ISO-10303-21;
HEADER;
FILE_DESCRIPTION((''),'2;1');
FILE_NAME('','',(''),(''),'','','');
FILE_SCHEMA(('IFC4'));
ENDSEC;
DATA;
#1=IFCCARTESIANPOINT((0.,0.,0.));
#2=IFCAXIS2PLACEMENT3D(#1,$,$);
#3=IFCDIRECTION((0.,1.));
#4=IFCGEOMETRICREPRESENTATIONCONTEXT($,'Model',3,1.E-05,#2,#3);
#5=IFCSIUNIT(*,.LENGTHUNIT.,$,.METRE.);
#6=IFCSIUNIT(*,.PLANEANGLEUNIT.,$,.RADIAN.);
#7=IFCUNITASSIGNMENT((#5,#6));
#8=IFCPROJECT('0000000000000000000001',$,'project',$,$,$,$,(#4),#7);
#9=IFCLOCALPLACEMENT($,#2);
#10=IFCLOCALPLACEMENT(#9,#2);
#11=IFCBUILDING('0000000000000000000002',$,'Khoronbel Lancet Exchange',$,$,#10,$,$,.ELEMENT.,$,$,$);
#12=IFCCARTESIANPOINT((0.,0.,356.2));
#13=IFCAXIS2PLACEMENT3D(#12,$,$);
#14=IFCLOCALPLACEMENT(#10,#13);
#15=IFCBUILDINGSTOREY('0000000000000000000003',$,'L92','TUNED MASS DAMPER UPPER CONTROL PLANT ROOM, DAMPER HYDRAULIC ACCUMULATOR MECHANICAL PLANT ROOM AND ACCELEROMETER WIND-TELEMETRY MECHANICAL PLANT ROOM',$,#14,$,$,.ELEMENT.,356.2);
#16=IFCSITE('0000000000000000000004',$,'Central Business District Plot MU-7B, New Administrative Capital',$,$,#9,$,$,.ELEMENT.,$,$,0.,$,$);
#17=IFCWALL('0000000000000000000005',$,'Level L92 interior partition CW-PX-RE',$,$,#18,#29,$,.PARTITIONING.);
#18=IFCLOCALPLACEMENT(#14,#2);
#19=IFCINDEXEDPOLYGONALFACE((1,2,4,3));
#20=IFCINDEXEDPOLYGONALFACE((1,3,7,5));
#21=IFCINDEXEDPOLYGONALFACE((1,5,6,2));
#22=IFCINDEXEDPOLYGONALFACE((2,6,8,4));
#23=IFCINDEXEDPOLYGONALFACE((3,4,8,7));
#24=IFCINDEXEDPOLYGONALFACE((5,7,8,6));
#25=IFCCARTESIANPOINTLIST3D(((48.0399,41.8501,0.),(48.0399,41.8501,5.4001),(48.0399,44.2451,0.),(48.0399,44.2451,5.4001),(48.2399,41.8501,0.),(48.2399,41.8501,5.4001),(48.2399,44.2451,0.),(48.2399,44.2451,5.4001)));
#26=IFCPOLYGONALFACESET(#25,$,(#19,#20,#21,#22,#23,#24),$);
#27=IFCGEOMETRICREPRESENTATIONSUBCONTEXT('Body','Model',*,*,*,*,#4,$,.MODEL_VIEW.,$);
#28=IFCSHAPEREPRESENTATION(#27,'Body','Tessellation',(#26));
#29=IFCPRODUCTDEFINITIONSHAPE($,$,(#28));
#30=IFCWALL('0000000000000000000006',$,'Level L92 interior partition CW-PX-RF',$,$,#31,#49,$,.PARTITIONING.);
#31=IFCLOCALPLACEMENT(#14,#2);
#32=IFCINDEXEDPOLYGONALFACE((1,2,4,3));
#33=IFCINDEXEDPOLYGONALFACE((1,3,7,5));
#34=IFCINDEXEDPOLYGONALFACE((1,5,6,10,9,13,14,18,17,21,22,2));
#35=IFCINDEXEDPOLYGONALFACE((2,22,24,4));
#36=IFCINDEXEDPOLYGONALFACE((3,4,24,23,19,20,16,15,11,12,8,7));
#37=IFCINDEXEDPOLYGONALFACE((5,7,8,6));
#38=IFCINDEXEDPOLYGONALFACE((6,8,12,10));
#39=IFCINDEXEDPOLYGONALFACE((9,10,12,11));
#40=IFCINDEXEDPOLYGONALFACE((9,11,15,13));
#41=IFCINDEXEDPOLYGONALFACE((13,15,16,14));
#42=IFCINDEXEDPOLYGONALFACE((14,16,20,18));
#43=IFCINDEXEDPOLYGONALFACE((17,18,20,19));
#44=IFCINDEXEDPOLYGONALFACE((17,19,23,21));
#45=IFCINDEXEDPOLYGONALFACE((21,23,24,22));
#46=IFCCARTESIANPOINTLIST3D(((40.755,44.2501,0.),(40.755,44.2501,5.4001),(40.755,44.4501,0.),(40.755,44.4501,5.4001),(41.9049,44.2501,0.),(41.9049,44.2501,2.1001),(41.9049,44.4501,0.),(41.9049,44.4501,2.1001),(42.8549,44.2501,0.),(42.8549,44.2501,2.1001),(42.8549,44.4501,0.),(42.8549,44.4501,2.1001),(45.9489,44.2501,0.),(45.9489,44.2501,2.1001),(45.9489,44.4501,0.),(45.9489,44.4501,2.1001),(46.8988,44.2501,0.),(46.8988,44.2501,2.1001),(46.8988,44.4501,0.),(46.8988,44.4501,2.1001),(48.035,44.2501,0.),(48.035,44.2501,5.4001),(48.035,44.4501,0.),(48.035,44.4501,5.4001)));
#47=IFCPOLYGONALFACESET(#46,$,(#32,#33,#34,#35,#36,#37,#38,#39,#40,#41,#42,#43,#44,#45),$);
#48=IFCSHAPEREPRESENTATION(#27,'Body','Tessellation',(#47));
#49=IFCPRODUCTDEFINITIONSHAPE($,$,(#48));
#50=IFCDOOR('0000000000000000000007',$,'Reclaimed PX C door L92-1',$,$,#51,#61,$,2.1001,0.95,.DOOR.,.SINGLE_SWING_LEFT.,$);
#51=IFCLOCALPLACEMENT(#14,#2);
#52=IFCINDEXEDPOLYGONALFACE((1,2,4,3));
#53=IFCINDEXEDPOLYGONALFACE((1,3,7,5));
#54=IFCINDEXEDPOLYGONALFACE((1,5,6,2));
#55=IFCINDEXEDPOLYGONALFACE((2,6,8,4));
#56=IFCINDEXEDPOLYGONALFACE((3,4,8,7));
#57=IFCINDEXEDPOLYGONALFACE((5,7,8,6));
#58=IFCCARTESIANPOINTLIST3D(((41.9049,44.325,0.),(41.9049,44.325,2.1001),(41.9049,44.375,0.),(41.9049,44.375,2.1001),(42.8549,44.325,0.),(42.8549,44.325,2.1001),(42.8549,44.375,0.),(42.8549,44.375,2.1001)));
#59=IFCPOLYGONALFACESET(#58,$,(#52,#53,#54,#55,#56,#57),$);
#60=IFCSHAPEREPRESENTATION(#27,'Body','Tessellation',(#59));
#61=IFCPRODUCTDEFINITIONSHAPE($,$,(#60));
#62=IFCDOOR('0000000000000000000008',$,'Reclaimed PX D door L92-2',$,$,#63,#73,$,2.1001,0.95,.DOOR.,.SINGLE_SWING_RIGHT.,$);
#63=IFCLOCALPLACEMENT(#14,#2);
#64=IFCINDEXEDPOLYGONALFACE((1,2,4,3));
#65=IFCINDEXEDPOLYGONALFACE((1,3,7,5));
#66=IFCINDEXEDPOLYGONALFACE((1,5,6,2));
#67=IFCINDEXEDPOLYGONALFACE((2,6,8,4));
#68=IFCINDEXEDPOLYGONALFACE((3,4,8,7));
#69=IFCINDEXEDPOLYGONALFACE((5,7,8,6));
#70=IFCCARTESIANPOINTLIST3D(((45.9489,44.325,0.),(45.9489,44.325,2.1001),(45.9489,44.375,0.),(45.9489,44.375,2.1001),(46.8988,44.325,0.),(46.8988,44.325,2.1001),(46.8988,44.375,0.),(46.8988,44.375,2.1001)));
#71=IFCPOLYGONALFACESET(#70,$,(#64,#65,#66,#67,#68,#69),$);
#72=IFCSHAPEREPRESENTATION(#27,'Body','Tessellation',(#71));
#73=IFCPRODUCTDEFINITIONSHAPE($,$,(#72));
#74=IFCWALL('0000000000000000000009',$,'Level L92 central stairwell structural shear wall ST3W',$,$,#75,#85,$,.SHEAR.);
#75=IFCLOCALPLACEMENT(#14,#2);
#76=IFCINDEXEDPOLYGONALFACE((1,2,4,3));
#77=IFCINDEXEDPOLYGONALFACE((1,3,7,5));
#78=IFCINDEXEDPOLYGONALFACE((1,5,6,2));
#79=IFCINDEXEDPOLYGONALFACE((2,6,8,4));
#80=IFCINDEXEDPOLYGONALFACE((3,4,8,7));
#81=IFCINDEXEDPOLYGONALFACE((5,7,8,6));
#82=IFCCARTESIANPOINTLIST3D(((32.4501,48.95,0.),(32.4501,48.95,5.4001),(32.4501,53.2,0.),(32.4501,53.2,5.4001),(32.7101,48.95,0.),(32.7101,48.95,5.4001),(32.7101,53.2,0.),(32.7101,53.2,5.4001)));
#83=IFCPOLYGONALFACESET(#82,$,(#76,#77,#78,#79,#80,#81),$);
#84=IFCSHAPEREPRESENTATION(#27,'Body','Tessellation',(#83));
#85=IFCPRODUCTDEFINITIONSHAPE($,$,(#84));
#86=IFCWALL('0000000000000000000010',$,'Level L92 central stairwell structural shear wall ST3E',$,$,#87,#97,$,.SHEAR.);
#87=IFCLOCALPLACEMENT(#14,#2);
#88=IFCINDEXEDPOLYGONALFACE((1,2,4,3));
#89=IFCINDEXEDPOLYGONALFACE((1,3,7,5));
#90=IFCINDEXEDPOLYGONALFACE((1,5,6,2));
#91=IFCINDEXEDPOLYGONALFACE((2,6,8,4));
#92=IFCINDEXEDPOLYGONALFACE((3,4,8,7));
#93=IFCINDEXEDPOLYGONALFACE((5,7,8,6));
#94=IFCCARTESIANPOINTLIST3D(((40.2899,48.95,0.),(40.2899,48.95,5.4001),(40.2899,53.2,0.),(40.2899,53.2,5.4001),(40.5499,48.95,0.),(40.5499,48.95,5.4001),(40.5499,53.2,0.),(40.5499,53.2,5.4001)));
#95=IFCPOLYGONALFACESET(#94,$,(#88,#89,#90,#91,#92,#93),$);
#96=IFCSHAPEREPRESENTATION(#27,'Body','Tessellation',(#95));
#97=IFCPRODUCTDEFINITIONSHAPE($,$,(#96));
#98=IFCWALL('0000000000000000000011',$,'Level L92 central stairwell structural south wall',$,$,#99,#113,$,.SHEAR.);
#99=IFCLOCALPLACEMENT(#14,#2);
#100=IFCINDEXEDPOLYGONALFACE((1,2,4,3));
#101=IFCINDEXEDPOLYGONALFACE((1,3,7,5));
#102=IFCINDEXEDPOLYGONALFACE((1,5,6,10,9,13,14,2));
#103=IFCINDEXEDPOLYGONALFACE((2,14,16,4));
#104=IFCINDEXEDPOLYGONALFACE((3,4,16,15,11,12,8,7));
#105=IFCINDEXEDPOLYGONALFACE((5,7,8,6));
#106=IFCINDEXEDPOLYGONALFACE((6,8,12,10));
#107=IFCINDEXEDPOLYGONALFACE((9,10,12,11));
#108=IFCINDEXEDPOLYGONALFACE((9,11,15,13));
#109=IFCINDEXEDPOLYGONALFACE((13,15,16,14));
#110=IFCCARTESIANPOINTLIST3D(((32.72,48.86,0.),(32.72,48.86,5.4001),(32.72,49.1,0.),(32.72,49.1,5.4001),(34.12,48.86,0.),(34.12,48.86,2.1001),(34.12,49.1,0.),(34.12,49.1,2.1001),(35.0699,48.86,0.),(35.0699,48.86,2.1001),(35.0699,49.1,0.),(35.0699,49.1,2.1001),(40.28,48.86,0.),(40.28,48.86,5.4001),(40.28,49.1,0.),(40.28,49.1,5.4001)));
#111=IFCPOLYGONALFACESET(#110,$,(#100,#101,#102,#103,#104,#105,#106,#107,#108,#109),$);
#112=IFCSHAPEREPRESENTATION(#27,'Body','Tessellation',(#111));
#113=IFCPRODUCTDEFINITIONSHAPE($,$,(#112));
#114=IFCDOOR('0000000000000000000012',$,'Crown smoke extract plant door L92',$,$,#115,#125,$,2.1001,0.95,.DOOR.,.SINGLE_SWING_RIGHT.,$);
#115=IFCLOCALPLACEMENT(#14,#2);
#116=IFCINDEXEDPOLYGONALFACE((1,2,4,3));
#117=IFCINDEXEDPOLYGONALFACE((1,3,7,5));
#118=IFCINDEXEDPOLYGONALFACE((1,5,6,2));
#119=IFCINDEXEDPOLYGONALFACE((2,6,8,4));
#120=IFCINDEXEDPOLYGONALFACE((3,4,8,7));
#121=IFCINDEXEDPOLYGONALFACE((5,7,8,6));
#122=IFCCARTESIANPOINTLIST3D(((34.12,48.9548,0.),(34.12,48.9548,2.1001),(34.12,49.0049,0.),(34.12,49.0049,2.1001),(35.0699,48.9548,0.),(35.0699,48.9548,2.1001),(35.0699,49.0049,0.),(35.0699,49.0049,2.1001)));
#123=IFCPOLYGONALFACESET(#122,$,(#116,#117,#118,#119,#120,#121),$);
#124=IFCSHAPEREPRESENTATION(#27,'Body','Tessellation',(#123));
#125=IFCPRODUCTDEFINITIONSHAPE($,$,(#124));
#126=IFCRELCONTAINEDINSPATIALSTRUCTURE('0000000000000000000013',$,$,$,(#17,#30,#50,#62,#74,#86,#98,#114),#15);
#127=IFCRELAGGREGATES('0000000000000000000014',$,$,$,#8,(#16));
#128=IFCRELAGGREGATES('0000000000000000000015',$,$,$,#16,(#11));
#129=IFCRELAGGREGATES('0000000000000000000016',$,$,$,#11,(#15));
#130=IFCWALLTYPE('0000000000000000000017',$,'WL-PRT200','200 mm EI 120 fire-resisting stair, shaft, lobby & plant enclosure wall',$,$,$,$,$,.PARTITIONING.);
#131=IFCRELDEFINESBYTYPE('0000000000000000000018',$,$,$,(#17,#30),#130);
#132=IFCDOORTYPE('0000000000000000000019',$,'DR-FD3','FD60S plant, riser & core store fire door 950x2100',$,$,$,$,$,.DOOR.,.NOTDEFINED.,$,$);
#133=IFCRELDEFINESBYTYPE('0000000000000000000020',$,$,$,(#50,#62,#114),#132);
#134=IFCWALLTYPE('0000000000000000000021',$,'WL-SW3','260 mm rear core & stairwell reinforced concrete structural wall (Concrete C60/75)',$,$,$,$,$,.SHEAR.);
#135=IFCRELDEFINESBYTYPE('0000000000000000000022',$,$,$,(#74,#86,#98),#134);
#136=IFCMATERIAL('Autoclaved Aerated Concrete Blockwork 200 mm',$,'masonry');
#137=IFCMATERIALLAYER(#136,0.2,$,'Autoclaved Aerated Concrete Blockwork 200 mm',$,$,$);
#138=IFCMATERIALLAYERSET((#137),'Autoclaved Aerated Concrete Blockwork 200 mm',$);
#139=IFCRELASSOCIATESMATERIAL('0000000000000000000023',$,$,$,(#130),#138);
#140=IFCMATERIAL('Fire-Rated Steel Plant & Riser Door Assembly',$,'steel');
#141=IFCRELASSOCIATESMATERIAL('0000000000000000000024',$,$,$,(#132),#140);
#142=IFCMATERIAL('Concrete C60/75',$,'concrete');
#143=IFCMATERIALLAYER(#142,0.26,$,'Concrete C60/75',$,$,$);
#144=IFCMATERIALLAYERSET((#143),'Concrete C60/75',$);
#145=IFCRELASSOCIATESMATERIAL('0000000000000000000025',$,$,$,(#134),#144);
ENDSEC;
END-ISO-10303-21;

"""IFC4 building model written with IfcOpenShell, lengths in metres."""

from ifc_helpers import new_model, si_unit, direction, frame, frame_2d, origin, place, context, subcontext, project, spatial, rectangle, extrude, material, layer, layer_set, type_object, element, fill, save


model = new_model("IFC4")

# Units and contexts
model_context = context("Model", 3, precision=1e-05, world=origin(), true_north=direction((0.0, 1.0)))
body_context = subcontext(model_context, "Body", "Model", "MODEL_VIEW")
ifc_project = project(units=[si_unit("LENGTHUNIT", "METRE"), si_unit("PLANEANGLEUNIT", "RADIAN")], contexts=[model_context])

# Site, building, storey
site_placement = place(None, origin())
site = spatial("IfcSite", under=ifc_project, at=site_placement, Name="Central Business District Plot MU-7B, New Administrative Capital", CompositionType="ELEMENT", RefElevation=0.0)
building_placement = place(site_placement, origin())
building = spatial("IfcBuilding", under=site, at=building_placement, Name="Khoronbel Lancet Exchange", CompositionType="ELEMENT")
storey_placement = place(building_placement, frame((0.0, 0.0, 356.2)))
storey = spatial("IfcBuildingStorey", under=building, at=storey_placement, Name="L92", Description="TUNED MASS DAMPER UPPER CONTROL PLANT ROOM, DAMPER HYDRAULIC ACCUMULATOR MECHANICAL PLANT ROOM AND ACCELEROMETER WIND-TELEMETRY MECHANICAL PLANT ROOM", CompositionType="ELEMENT", Elevation=356.2)

# Shared definitions
ifc_material_1 = material(Name="Autoclaved Aerated Concrete Blockwork 200 mm", Category="masonry")
ifc_layer_1 = layer(ifc_material_1, 0.2, Name="Autoclaved Aerated Concrete Blockwork 200 mm")
ifc_layer_set_1 = layer_set([ifc_layer_1], Name="Autoclaved Aerated Concrete Blockwork 200 mm")
wall_type_1 = type_object("IfcWallType", Name="WL-PRT200", Description="200 mm EI 120 fire-resisting stair, shaft, lobby & plant enclosure wall", PredefinedType="PARTITIONING", material=ifc_layer_set_1)

# Shared definitions
ifc_material_2 = material(Name="Fire-Rated Steel Plant & Riser Door Assembly", Category="steel")
door_type = type_object("IfcDoorType", Name="DR-FD3", Description="FD60S plant, riser & core store fire door 950x2100", OperationType="NOTDEFINED", PredefinedType="DOOR", material=ifc_material_2)

# Wall
for number, where, z_axis, x_axis, name in (
    (1, (48.1399, 41.8501, 0.0), (0.0, 0.0, 1.0), (0.0, 1.0, 0.0), "Level L92 interior partition CW-PX-RE"),
):
    element("IfcWall", number, at=place(storey_placement, frame(where, z_axis=z_axis, x_axis=x_axis)), inside=storey, type_object=wall_type_1, Name=name, PredefinedType="PARTITIONING", context=body_context, shape_type="SweptSolid", body=[
        extrude(rectangle(XDim=2.395, YDim=0.2, at=frame_2d((1.1975, 0.0))), origin(), (0.0, 0.0, 1.0), 5.4001),
    ])

# Wall, openings, doors
wall_1_placement = place(storey_placement, frame((40.7549, 44.3501, 0.0), z_axis=(0.0, 0.0, 1.0), x_axis=(1.0, 0.0, 0.0)))
wall_1 = element("IfcWall", 2, at=wall_1_placement, inside=storey, type_object=wall_type_1, Name="Level L92 interior partition CW-PX-RF", PredefinedType="PARTITIONING", context=body_context, shape_type="SweptSolid", body=[
    extrude(rectangle(XDim=7.28, YDim=0.2, at=frame_2d((3.6401, 0.0))), origin(), (0.0, 0.0, 1.0), 5.4001),
])
opening_1_placement = place(wall_1_placement, frame((1.1499, 0.0, 0.0)))
opening_1 = element("IfcOpeningElement", 3, at=opening_1_placement, cuts=wall_1, PredefinedType="OPENING", context=body_context, shape_type="SweptSolid", body=[
    extrude(rectangle(XDim=0.95, YDim=2.1001, at=frame_2d((0.4751, 1.05))), frame((0.0, 0.1099, 0.0), z_axis=(0.0, -1.0, 0.0), x_axis=(1.0, 0.0, 0.0)), (0.0, 0.0, 1.0), 0.22),
])
opening_2_placement = place(wall_1_placement, frame((5.1938, 0.0, 0.0)))
opening_2 = element("IfcOpeningElement", 4, at=opening_2_placement, cuts=wall_1, PredefinedType="OPENING", context=body_context, shape_type="SweptSolid", body=[
    extrude(rectangle(XDim=0.95, YDim=2.1001, at=frame_2d((0.4751, 1.05))), frame((0.0, 0.1099, 0.0), z_axis=(0.0, -1.0, 0.0), x_axis=(1.0, 0.0, 0.0)), (0.0, 0.0, 1.0), 0.22),
])
door_1_placement = place(opening_1_placement, origin())
door_1 = element("IfcDoor", 5, at=door_1_placement, inside=storey, type_object=door_type, Name="Reclaimed PX C door L92-1", OperationType="SINGLE_SWING_LEFT", OverallHeight=2.1001, OverallWidth=0.95, PredefinedType="DOOR", context=body_context, shape_type="SweptSolid", body=[
    extrude(rectangle(XDim=0.95, YDim=2.1001, at=frame_2d((0.4751, 1.05))), frame((0.0, 0.0249, 0.0), z_axis=(0.0, -1.0, 0.0), x_axis=(1.0, 0.0, 0.0)), (0.0, 0.0, 1.0), 0.05),
])
fill(opening_1, door_1)
door_2_placement = place(opening_2_placement, origin())
door_2 = element("IfcDoor", 6, at=door_2_placement, inside=storey, type_object=door_type, Name="Reclaimed PX D door L92-2", OperationType="SINGLE_SWING_RIGHT", OverallHeight=2.1001, OverallWidth=0.95, PredefinedType="DOOR", context=body_context, shape_type="SweptSolid", body=[
    extrude(rectangle(XDim=0.95, YDim=2.1001, at=frame_2d((0.4751, 1.05))), frame((0.0, 0.0249, 0.0), z_axis=(0.0, -1.0, 0.0), x_axis=(1.0, 0.0, 0.0)), (0.0, 0.0, 1.0), 0.05),
])
fill(opening_2, door_2)

# Walls
ifc_material_3 = material(Name="Concrete C60/75", Category="concrete")
ifc_layer_2 = layer(ifc_material_3, 0.26, Name="Concrete C60/75")
ifc_layer_set_2 = layer_set([ifc_layer_2], Name="Concrete C60/75")
wall_type_2 = type_object("IfcWallType", Name="WL-SW3", Description="260 mm rear core & stairwell reinforced concrete structural wall (Concrete C60/75)", PredefinedType="SHEAR", material=ifc_layer_set_2)
for number, where, z_axis, x_axis, name in (
    (7, (32.5801, 48.95, 0.0), (0.0, 0.0, 1.0), (0.0, 1.0, 0.0), "Level L92 central stairwell structural shear wall ST3W"),
    (8, (40.4199, 48.95, 0.0), (0.0, 0.0, 1.0), (0.0, 1.0, 0.0), "Level L92 central stairwell structural shear wall ST3E"),
):
    element("IfcWall", number, at=place(storey_placement, frame(where, z_axis=z_axis, x_axis=x_axis)), inside=storey, type_object=wall_type_2, Name=name, PredefinedType="SHEAR", context=body_context, shape_type="SweptSolid", body=[
        extrude(rectangle(XDim=4.25, YDim=0.26, at=frame_2d((2.125, 0.0))), origin(), (0.0, 0.0, 1.0), 5.4001),
    ])

# Wall, opening, door
wall_2_placement = place(storey_placement, frame((32.72, 48.98, 0.0), z_axis=(0.0, 0.0, 1.0), x_axis=(1.0, 0.0, 0.0)))
wall_2 = element("IfcWall", 9, at=wall_2_placement, inside=storey, type_object=wall_type_2, Name="Level L92 central stairwell structural south wall", PredefinedType="SHEAR", context=body_context, shape_type="SweptSolid", body=[
    extrude(rectangle(XDim=7.5601, YDim=0.24, at=frame_2d((3.78, 0.0))), origin(), (0.0, 0.0, 1.0), 5.4001),
])
opening_3_placement = place(wall_2_placement, frame((1.3999, 0.0, 0.0)))
opening_3 = element("IfcOpeningElement", 10, at=opening_3_placement, cuts=wall_2, PredefinedType="OPENING", context=body_context, shape_type="SweptSolid", body=[
    extrude(rectangle(XDim=0.95, YDim=2.1001, at=frame_2d((0.4751, 1.05))), frame((0.0, 0.1299, 0.0), z_axis=(0.0, -1.0, 0.0), x_axis=(1.0, 0.0, 0.0)), (0.0, 0.0, 1.0), 0.26),
])
door_3_placement = place(opening_3_placement, origin())
door_3 = element("IfcDoor", 11, at=door_3_placement, inside=storey, type_object=door_type, Name="Crown smoke extract plant door L92", OperationType="SINGLE_SWING_RIGHT", OverallHeight=2.1001, OverallWidth=0.95, PredefinedType="DOOR", context=body_context, shape_type="SweptSolid", body=[
    extrude(rectangle(XDim=0.95, YDim=2.1001, at=frame_2d((0.4751, 1.05))), frame((0.0, 0.0249, 0.0), z_axis=(0.0, -1.0, 0.0), x_axis=(1.0, 0.0, 0.0)), (0.0, 0.0, 1.0), 0.05),
])
fill(opening_3, door_3)

save(model, "model.ifc")
